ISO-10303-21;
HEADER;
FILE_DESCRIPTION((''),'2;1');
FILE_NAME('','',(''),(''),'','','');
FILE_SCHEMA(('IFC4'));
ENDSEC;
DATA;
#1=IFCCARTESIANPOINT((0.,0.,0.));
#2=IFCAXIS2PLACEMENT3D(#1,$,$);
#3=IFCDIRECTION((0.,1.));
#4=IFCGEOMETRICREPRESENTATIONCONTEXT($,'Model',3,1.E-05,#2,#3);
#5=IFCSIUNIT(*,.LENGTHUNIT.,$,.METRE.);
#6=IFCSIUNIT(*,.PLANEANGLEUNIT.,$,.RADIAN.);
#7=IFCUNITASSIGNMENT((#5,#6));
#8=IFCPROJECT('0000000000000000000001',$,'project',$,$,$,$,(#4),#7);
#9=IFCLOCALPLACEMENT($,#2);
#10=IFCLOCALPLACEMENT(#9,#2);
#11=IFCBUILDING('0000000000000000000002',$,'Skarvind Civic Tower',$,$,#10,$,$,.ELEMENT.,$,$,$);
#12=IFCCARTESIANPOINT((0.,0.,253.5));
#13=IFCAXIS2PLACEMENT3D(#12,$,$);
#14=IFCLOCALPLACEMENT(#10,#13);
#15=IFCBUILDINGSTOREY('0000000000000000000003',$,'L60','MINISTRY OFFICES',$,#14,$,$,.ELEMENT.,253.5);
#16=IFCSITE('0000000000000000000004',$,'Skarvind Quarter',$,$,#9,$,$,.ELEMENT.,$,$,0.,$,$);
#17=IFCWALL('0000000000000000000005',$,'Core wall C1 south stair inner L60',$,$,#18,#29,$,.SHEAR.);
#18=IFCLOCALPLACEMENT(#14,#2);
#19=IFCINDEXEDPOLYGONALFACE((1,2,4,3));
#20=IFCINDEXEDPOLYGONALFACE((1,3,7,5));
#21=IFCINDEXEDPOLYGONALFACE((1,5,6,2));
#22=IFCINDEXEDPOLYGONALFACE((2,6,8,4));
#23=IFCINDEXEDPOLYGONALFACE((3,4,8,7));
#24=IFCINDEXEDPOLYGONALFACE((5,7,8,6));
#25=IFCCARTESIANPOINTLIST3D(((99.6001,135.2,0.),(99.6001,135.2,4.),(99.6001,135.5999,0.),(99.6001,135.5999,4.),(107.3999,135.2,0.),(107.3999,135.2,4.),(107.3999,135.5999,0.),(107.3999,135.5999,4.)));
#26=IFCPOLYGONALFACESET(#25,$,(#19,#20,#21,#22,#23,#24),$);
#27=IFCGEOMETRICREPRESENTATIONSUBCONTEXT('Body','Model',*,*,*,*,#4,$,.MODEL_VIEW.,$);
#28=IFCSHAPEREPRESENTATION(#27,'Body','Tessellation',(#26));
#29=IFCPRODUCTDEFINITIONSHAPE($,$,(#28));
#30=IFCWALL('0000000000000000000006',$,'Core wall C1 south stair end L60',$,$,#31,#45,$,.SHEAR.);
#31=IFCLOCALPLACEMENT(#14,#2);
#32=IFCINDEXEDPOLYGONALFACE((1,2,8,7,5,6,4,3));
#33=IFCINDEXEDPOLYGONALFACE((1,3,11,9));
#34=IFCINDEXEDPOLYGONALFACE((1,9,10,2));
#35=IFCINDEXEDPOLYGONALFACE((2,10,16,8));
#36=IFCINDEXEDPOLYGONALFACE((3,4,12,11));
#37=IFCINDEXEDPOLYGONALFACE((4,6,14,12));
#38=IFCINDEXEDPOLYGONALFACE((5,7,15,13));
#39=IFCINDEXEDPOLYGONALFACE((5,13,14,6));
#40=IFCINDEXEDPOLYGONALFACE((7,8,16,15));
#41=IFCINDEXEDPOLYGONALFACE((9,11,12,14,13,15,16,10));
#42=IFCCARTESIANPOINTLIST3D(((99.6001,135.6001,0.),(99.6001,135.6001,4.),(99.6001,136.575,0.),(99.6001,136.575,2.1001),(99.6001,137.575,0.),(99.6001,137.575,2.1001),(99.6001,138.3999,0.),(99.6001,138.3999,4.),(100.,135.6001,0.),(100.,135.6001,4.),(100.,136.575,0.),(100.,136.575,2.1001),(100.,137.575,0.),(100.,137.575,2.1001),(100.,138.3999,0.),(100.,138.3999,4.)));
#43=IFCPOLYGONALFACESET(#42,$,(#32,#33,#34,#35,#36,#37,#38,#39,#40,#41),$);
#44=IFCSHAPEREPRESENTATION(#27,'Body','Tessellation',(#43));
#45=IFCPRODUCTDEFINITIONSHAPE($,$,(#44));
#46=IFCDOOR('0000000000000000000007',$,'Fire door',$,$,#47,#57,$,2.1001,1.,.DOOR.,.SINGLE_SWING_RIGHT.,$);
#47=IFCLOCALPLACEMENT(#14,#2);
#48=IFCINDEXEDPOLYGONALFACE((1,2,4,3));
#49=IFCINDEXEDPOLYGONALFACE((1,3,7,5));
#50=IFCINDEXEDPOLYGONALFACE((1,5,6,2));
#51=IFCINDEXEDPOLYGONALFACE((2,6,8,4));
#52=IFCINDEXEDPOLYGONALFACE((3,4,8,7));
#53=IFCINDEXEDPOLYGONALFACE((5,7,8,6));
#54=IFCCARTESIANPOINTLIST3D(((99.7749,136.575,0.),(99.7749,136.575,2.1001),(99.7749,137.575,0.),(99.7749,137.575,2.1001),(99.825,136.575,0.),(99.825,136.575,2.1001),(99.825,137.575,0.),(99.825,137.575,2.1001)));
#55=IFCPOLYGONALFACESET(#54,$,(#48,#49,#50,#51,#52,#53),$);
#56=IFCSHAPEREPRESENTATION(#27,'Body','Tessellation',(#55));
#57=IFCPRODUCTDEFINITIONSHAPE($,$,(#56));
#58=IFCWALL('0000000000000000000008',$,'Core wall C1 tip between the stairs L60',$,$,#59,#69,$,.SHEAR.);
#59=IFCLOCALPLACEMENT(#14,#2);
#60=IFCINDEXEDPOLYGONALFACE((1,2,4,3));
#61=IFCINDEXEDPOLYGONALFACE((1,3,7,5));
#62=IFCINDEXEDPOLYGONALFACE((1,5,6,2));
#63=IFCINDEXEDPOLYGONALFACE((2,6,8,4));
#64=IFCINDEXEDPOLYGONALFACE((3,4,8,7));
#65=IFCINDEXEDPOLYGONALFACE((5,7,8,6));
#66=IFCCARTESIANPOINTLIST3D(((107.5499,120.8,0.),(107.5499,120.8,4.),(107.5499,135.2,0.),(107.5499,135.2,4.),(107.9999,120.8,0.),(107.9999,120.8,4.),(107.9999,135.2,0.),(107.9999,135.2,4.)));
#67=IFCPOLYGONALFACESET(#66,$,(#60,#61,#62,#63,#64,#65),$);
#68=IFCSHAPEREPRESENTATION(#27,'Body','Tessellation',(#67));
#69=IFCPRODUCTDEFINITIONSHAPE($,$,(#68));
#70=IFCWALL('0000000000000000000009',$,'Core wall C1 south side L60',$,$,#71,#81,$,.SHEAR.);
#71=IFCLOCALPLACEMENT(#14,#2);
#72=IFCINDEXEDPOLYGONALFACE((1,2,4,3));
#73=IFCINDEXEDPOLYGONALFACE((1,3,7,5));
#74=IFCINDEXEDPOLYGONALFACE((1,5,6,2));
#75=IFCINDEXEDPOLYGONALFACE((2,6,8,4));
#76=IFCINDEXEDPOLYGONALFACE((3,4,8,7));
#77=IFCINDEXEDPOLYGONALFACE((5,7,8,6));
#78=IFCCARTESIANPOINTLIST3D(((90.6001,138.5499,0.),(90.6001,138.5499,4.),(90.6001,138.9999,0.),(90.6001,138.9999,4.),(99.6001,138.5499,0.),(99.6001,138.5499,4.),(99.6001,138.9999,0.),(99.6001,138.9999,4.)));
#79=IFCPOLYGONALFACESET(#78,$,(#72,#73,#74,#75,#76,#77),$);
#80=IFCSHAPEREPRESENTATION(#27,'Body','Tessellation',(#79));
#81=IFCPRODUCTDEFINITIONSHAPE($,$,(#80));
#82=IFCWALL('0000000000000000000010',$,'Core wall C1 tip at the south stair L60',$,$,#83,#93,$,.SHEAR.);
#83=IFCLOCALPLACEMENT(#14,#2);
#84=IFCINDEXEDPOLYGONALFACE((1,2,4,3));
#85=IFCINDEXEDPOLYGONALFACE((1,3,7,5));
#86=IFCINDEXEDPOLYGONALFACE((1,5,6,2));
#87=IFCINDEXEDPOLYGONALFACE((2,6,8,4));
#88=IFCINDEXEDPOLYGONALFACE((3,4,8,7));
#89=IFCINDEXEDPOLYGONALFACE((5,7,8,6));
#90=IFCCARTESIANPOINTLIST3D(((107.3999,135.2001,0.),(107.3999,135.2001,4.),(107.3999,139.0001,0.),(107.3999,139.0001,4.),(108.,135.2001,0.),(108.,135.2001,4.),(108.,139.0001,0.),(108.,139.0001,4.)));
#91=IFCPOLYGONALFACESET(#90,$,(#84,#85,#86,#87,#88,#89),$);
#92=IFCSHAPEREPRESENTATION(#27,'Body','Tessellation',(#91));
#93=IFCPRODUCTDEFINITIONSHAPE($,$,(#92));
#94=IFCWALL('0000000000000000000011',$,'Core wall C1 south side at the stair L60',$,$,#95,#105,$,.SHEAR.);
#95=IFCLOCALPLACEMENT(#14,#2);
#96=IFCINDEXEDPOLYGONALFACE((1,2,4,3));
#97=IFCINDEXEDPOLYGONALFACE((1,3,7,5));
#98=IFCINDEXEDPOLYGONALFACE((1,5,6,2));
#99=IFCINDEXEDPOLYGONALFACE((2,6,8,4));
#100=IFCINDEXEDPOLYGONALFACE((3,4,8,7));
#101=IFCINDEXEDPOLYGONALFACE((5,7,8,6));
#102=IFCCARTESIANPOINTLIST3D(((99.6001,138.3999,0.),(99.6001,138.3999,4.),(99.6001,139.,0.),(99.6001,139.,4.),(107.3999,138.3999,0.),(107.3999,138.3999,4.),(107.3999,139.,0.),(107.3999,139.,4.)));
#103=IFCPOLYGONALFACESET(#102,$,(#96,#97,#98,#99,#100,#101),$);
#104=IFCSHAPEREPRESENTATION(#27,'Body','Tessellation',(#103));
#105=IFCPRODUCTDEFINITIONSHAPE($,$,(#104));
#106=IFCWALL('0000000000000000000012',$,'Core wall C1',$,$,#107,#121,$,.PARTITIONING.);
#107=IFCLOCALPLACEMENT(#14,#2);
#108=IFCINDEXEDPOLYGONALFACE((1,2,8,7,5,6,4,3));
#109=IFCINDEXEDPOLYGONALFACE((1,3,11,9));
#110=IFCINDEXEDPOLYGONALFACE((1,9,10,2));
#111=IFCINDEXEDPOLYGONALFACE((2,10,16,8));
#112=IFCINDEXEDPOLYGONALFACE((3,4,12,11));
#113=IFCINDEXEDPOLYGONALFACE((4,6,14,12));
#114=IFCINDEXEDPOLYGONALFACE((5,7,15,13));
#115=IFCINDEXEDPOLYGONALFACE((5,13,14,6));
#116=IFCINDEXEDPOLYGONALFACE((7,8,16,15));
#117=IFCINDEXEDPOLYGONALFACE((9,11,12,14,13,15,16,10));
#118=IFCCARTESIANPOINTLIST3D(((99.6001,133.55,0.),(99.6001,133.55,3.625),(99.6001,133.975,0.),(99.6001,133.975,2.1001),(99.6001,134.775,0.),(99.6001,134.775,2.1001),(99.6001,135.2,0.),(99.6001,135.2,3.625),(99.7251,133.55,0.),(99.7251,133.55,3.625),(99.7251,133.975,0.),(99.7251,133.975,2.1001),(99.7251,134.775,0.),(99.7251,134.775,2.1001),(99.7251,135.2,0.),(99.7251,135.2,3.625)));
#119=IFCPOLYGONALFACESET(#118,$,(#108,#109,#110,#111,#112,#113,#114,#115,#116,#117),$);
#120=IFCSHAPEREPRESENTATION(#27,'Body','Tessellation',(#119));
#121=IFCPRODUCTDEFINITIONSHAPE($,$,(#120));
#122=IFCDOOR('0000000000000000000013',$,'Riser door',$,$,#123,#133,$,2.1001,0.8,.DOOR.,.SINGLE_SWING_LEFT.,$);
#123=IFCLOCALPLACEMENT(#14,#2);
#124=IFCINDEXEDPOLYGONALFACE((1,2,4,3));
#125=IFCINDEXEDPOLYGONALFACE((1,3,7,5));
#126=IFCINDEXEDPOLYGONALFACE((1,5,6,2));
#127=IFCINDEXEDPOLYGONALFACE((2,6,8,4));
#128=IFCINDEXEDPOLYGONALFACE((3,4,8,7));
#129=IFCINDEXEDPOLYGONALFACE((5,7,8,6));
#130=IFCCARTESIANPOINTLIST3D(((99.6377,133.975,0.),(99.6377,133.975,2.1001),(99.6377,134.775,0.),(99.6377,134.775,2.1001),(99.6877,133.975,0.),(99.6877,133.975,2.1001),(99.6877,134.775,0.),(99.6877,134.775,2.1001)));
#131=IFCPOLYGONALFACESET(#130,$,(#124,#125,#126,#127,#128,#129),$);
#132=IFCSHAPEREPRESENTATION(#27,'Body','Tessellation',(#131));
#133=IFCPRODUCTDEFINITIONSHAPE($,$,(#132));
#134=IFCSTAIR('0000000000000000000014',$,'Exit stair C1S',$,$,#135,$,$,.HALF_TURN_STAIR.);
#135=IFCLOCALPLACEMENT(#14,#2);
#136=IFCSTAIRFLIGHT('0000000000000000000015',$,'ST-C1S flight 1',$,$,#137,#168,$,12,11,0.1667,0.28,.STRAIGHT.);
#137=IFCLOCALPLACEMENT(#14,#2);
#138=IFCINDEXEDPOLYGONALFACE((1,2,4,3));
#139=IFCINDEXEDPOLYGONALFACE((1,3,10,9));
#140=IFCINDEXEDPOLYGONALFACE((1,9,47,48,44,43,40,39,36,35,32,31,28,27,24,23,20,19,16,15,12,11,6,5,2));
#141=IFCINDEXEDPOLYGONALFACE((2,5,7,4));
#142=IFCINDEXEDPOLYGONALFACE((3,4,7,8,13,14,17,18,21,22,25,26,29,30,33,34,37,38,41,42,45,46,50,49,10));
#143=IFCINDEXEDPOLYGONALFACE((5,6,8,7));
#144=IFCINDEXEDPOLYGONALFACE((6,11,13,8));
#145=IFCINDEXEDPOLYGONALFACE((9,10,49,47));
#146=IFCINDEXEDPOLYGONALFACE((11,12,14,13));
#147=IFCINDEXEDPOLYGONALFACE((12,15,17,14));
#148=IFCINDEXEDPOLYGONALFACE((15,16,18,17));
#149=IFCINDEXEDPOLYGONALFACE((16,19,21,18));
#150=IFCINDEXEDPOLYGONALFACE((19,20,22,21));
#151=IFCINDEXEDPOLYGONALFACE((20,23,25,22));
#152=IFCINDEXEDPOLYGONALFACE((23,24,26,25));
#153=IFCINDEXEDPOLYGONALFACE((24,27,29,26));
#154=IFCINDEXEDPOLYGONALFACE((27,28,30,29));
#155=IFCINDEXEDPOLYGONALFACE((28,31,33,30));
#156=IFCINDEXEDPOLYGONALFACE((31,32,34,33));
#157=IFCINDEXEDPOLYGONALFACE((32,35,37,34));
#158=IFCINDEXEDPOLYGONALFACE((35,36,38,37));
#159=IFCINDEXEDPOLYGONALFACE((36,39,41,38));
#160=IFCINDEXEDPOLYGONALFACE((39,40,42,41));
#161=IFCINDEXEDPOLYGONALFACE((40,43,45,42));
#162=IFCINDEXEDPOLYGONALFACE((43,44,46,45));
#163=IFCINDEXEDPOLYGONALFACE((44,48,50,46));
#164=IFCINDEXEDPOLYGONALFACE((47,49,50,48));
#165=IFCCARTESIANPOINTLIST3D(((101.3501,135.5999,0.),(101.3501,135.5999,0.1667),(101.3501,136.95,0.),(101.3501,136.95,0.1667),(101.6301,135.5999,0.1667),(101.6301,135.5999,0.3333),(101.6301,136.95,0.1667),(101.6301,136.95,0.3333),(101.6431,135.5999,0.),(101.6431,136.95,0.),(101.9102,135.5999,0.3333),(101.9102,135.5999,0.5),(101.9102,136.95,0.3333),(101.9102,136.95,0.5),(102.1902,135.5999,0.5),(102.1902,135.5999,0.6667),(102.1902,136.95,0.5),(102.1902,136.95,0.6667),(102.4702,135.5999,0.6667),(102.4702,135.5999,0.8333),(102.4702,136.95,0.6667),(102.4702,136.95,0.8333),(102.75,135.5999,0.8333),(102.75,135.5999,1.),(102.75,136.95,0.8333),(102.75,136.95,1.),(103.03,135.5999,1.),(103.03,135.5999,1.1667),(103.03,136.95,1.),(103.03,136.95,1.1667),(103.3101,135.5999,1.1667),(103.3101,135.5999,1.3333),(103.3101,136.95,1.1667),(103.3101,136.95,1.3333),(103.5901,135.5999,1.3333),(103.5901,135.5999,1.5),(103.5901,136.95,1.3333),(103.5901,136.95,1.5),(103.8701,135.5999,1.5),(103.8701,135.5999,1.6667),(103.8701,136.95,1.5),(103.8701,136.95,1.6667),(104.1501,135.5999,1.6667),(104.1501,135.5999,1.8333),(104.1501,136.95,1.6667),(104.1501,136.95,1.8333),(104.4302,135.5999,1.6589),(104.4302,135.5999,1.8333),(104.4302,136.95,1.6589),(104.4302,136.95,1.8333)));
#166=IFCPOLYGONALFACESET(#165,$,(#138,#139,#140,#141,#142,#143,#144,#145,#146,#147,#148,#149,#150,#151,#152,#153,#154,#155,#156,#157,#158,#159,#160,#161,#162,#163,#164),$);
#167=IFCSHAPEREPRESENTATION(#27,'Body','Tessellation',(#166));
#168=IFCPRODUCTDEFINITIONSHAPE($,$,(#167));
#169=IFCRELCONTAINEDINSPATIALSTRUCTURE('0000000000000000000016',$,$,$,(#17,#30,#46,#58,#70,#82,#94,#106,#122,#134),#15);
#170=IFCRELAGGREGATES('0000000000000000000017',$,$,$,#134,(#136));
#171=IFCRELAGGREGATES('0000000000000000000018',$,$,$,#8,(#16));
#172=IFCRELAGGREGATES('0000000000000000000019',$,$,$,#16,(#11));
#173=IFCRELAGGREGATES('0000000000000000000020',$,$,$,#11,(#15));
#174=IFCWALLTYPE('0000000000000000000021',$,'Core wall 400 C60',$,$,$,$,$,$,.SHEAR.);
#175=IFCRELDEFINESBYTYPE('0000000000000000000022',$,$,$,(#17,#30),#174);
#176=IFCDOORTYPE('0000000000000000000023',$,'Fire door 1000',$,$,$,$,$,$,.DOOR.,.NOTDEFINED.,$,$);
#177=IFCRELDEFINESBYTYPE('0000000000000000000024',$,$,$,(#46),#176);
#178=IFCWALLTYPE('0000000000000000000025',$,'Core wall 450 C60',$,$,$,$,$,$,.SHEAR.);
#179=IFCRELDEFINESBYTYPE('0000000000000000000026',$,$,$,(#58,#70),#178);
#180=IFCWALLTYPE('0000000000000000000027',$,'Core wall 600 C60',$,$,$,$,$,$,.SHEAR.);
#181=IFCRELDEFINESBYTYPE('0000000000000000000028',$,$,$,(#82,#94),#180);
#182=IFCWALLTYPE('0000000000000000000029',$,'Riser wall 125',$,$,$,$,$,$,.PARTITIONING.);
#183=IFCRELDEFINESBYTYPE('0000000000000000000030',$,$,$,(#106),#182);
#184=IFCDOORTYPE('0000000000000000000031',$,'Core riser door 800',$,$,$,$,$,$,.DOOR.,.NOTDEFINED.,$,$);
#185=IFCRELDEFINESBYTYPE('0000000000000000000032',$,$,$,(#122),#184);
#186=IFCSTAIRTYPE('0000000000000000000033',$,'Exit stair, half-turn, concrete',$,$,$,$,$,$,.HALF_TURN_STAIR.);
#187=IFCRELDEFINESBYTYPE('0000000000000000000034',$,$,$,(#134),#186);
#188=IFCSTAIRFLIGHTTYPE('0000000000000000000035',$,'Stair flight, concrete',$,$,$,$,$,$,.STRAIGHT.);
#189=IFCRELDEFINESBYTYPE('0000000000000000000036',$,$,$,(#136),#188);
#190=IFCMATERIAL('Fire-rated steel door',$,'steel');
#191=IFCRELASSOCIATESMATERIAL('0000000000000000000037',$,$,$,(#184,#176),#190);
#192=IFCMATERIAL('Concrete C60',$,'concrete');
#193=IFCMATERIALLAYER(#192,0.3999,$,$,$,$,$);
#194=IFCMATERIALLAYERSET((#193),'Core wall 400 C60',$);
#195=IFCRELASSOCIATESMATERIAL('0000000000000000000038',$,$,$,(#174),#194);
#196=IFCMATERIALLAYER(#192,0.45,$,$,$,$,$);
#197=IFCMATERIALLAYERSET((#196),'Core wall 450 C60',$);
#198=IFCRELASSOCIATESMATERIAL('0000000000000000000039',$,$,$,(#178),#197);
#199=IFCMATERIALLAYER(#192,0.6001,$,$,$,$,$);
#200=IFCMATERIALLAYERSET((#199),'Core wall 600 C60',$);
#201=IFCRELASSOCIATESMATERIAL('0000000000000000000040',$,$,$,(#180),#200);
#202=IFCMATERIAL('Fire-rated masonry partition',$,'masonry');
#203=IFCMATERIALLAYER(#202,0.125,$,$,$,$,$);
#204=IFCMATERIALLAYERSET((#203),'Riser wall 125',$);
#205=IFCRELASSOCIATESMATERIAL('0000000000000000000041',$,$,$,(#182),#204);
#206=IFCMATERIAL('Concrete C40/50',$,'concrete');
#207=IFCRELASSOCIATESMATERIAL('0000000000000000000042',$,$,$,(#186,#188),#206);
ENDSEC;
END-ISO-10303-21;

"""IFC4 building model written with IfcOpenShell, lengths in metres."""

from ifc_helpers import new_model, si_unit, direction, frame, frame_2d, origin, place, context, subcontext, project, spatial, polyline, rectangle, outline, extrude, material, layer, layer_set, type_object, element, fill, aggregate, save


model = new_model("IFC4")

# Units and contexts
model_context = context("Model", 3, precision=1e-05, world=origin(), true_north=direction((0.0, 1.0)))
body_context = subcontext(model_context, "Body", "Model", "MODEL_VIEW")
ifc_project = project(units=[si_unit("LENGTHUNIT", "METRE"), si_unit("PLANEANGLEUNIT", "RADIAN")], contexts=[model_context])

# Site, building, storey
site_placement = place(None, origin())
site = spatial("IfcSite", under=ifc_project, at=site_placement, Name="Skarvind Quarter", CompositionType="ELEMENT", RefElevation=0.0)
building_placement = place(site_placement, origin())
building = spatial("IfcBuilding", under=site, at=building_placement, Name="Skarvind Civic Tower", CompositionType="ELEMENT")
storey_placement = place(building_placement, frame((0.0, 0.0, 253.5)))
storey = spatial("IfcBuildingStorey", under=building, at=storey_placement, Name="L60", Description="MINISTRY OFFICES", CompositionType="ELEMENT", Elevation=253.5)

# Shared definitions
ifc_material_1 = material(Name="Fire-rated masonry partition", Category="masonry")
ifc_material_2 = material(Name="Fire-rated steel door", Category="steel")

# Shared definitions
ifc_material_3 = material(Name="Concrete C60", Category="concrete")
door_type_1 = type_object("IfcDoorType", Name="Core riser door 800", OperationType="NOTDEFINED", PredefinedType="DOOR", material=ifc_material_2)

# Wall
ifc_layer_1 = layer(ifc_material_3, 0.3999)
ifc_layer_set_1 = layer_set([ifc_layer_1], Name="Core wall 400 C60")
wall_type_1 = type_object("IfcWallType", Name="Core wall 400 C60", PredefinedType="SHEAR", material=ifc_layer_set_1)
wall_1_placement = place(storey_placement, frame((107.3999, 135.3999, 0.0), z_axis=(0.0, 0.0, 1.0), x_axis=(-1.0, 0.0, 0.0)))
element("IfcWall", 1, at=wall_1_placement, inside=storey, type_object=wall_type_1, Name="Core wall C1 south stair inner L60", PredefinedType="SHEAR", context=body_context, shape_type="SweptSolid", body=[
    extrude(rectangle(XDim=7.7998, YDim=0.3999, at=frame_2d((3.8999, 0.0))), origin(), (0.0, 0.0, 1.0), 4.0),
])

# Wall, opening, door
wall_2_placement = place(storey_placement, frame((99.8, 138.3999, 0.0), z_axis=(0.0, 0.0, 1.0), x_axis=(0.0, -1.0, 0.0)))
wall_2 = element("IfcWall", 2, at=wall_2_placement, inside=storey, type_object=wall_type_1, Name="Core wall C1 south stair end L60", PredefinedType="SHEAR", context=body_context, shape_type="SweptSolid", body=[
    extrude(rectangle(XDim=2.7998, YDim=0.3999, at=frame_2d((1.3999, 0.0))), origin(), (0.0, 0.0, 1.0), 4.0),
])
opening_1_placement = place(wall_2_placement, frame((0.825, 0.0, 0.0)))
opening_1 = element("IfcOpeningElement", 3, at=opening_1_placement, cuts=wall_2, PredefinedType="OPENING", context=body_context, shape_type="SweptSolid", body=[
    extrude(rectangle(XDim=1.0, YDim=2.1001, at=frame_2d((0.5, 1.05))), frame((0.0, 0.21, 0.0), z_axis=(0.0, -1.0, 0.0), x_axis=(1.0, 0.0, 0.0)), (0.0, 0.0, 1.0), 0.4199),
])
door_type_2 = type_object("IfcDoorType", Name="Fire door 1000", OperationType="NOTDEFINED", PredefinedType="DOOR", material=ifc_material_2)
door_1_placement = place(opening_1_placement, origin())
door_1 = element("IfcDoor", 4, at=door_1_placement, inside=storey, type_object=door_type_2, Name="Fire door", OperationType="SINGLE_SWING_RIGHT", OverallHeight=2.1001, OverallWidth=1.0, PredefinedType="DOOR", context=body_context, shape_type="SweptSolid", body=[
    extrude(rectangle(XDim=1.0, YDim=2.1001, at=frame_2d((0.5, 1.05))), frame((0.0, 0.0249, 0.0), z_axis=(0.0, -1.0, 0.0), x_axis=(1.0, 0.0, 0.0)), (0.0, 0.0, 1.0), 0.05),
])
fill(opening_1, door_1)

# Walls
ifc_layer_2 = layer(ifc_material_3, 0.45)
ifc_layer_set_2 = layer_set([ifc_layer_2], Name="Core wall 450 C60")
wall_type_2 = type_object("IfcWallType", Name="Core wall 450 C60", PredefinedType="SHEAR", material=ifc_layer_set_2)
wall_3_placement = place(storey_placement, frame((107.7749, 135.2, 0.0), z_axis=(0.0, 0.0, 1.0), x_axis=(0.0, -1.0, 0.0)))
element("IfcWall", 5, at=wall_3_placement, inside=storey, type_object=wall_type_2, Name="Core wall C1 tip between the stairs L60", PredefinedType="SHEAR", context=body_context, shape_type="SweptSolid", body=[
    extrude(rectangle(XDim=14.3999, YDim=0.45, at=frame_2d((7.2, 0.0))), origin(), (0.0, 0.0, 1.0), 4.0),
])
wall_4_placement = place(storey_placement, frame((99.6001, 138.7749, 0.0), z_axis=(0.0, 0.0, 1.0), x_axis=(-1.0, 0.0, 0.0)))
element("IfcWall", 6, at=wall_4_placement, inside=storey, type_object=wall_type_2, Name="Core wall C1 south side L60", PredefinedType="SHEAR", context=body_context, shape_type="SweptSolid", body=[
    extrude(rectangle(XDim=9.0, YDim=0.45, at=frame_2d((4.5, 0.0))), origin(), (0.0, 0.0, 1.0), 4.0),
])
ifc_layer_3 = layer(ifc_material_3, 0.6001)
ifc_layer_set_3 = layer_set([ifc_layer_3], Name="Core wall 600 C60")
wall_type_3 = type_object("IfcWallType", Name="Core wall 600 C60", PredefinedType="SHEAR", material=ifc_layer_set_3)
wall_5_placement = place(storey_placement, frame((107.7, 139.0, 0.0), z_axis=(0.0, 0.0, 1.0), x_axis=(0.0, -1.0, 0.0)))
element("IfcWall", 7, at=wall_5_placement, inside=storey, type_object=wall_type_3, Name="Core wall C1 tip at the south stair L60", PredefinedType="SHEAR", context=body_context, shape_type="SweptSolid", body=[
    extrude(rectangle(XDim=3.8, YDim=0.6001, at=frame_2d((1.8999, 0.0))), origin(), (0.0, 0.0, 1.0), 4.0),
])
wall_6_placement = place(storey_placement, frame((107.3999, 138.7, 0.0), z_axis=(0.0, 0.0, 1.0), x_axis=(-1.0, 0.0, 0.0)))
element("IfcWall", 8, at=wall_6_placement, inside=storey, type_object=wall_type_3, Name="Core wall C1 south side at the stair L60", PredefinedType="SHEAR", context=body_context, shape_type="SweptSolid", body=[
    extrude(rectangle(XDim=7.7998, YDim=0.6001, at=frame_2d((3.8999, 0.0))), origin(), (0.0, 0.0, 1.0), 4.0),
])

# Wall, opening, door
ifc_layer_4 = layer(ifc_material_1, 0.125)
ifc_layer_set_4 = layer_set([ifc_layer_4], Name="Riser wall 125")
wall_type_4 = type_object("IfcWallType", Name="Riser wall 125", PredefinedType="PARTITIONING", material=ifc_layer_set_4)
wall_7_placement = place(storey_placement, frame((99.6626, 133.55, 0.0), z_axis=(0.0, 0.0, 1.0), x_axis=(0.0, 1.0, 0.0)))
wall_7 = element("IfcWall", 9, at=wall_7_placement, inside=storey, type_object=wall_type_4, Name="Core wall C1", PredefinedType="PARTITIONING", context=body_context, shape_type="SweptSolid", body=[
    extrude(rectangle(XDim=1.6499, YDim=0.125, at=frame_2d((0.825, 0.0))), origin(), (0.0, 0.0, 1.0), 3.625),
])
opening_2_placement = place(wall_7_placement, frame((0.425, 0.0, 0.0)))
opening_2 = element("IfcOpeningElement", 10, at=opening_2_placement, cuts=wall_7, PredefinedType="OPENING", context=body_context, shape_type="SweptSolid", body=[
    extrude(rectangle(XDim=0.8, YDim=2.1001, at=frame_2d((0.3999, 1.05))), frame((0.0, 0.0725, 0.0), z_axis=(0.0, -1.0, 0.0), x_axis=(1.0, 0.0, 0.0)), (0.0, 0.0, 1.0), 0.145),
])
door_2_placement = place(opening_2_placement, origin())
door_2 = element("IfcDoor", 11, at=door_2_placement, inside=storey, type_object=door_type_1, Name="Riser door", OperationType="SINGLE_SWING_LEFT", OverallHeight=2.1001, OverallWidth=0.8, PredefinedType="DOOR", context=body_context, shape_type="SweptSolid", body=[
    extrude(rectangle(XDim=0.8, YDim=2.1001, at=frame_2d((0.3999, 1.05))), frame((0.0, 0.0249, 0.0), z_axis=(0.0, -1.0, 0.0), x_axis=(1.0, 0.0, 0.0)), (0.0, 0.0, 1.0), 0.05),
])
fill(opening_2, door_2)

# Stair, stair flight
ifc_material_4 = material(Name="Concrete C40/50", Category="concrete")
stair_type = type_object("IfcStairType", Name="Exit stair, half-turn, concrete", PredefinedType="HALF_TURN_STAIR", material=ifc_material_4)
stair_placement = place(storey_placement, origin())
stair = element("IfcStair", 12, at=stair_placement, inside=storey, type_object=stair_type, Name="Exit stair C1S", PredefinedType="HALF_TURN_STAIR")
stair_flight_type = type_object("IfcStairFlightType", Name="Stair flight, concrete", PredefinedType="STRAIGHT", material=ifc_material_4)
stair_flight_1_placement = place(storey_placement, frame((101.3501, 136.2749, 0.0), z_axis=(0.0, 0.0, 1.0), x_axis=(1.0, 0.0, 0.0)))
stair_flight_1 = element("IfcStairFlight", 13, at=stair_flight_1_placement, type_object=stair_flight_type, Name="ST-C1S flight 1", NumberOfRisers=12, NumberOfTreads=11, PredefinedType="STRAIGHT", RiserHeight=0.1667, TreadLength=0.28, context=body_context, shape_type="SweptSolid", body=[
    extrude(outline(polyline([(0.0, 0.0), (0.0, 0.1667), (0.28, 0.1667), (0.28, 0.3333), (0.5601, 0.3333), (0.5601, 0.5), (0.8401, 0.5), (0.8401, 0.6667), (1.1201, 0.6667), (1.1201, 0.8333), (1.3999, 0.8333), (1.3999, 1.0), (1.6799, 1.0), (1.6799, 1.1667), (1.96, 1.1667), (1.96, 1.3333), (2.24, 1.3333), (2.24, 1.5), (2.52, 1.5), (2.52, 1.6667), (2.8, 1.6667), (2.8, 1.8333), (3.0801, 1.8333), (3.0801, 2.0), (3.0801, 1.6589), (0.293, 0.0), (0.0, 0.0)])), frame((0.0, 0.675, 0.0), z_axis=(0.0, -1.0, 0.0), x_axis=(1.0, 0.0, 0.0)), (0.0, 0.0, 1.0), 1.3501),
])
aggregate(stair, [stair_flight_1])

save(model, "model.ifc")
